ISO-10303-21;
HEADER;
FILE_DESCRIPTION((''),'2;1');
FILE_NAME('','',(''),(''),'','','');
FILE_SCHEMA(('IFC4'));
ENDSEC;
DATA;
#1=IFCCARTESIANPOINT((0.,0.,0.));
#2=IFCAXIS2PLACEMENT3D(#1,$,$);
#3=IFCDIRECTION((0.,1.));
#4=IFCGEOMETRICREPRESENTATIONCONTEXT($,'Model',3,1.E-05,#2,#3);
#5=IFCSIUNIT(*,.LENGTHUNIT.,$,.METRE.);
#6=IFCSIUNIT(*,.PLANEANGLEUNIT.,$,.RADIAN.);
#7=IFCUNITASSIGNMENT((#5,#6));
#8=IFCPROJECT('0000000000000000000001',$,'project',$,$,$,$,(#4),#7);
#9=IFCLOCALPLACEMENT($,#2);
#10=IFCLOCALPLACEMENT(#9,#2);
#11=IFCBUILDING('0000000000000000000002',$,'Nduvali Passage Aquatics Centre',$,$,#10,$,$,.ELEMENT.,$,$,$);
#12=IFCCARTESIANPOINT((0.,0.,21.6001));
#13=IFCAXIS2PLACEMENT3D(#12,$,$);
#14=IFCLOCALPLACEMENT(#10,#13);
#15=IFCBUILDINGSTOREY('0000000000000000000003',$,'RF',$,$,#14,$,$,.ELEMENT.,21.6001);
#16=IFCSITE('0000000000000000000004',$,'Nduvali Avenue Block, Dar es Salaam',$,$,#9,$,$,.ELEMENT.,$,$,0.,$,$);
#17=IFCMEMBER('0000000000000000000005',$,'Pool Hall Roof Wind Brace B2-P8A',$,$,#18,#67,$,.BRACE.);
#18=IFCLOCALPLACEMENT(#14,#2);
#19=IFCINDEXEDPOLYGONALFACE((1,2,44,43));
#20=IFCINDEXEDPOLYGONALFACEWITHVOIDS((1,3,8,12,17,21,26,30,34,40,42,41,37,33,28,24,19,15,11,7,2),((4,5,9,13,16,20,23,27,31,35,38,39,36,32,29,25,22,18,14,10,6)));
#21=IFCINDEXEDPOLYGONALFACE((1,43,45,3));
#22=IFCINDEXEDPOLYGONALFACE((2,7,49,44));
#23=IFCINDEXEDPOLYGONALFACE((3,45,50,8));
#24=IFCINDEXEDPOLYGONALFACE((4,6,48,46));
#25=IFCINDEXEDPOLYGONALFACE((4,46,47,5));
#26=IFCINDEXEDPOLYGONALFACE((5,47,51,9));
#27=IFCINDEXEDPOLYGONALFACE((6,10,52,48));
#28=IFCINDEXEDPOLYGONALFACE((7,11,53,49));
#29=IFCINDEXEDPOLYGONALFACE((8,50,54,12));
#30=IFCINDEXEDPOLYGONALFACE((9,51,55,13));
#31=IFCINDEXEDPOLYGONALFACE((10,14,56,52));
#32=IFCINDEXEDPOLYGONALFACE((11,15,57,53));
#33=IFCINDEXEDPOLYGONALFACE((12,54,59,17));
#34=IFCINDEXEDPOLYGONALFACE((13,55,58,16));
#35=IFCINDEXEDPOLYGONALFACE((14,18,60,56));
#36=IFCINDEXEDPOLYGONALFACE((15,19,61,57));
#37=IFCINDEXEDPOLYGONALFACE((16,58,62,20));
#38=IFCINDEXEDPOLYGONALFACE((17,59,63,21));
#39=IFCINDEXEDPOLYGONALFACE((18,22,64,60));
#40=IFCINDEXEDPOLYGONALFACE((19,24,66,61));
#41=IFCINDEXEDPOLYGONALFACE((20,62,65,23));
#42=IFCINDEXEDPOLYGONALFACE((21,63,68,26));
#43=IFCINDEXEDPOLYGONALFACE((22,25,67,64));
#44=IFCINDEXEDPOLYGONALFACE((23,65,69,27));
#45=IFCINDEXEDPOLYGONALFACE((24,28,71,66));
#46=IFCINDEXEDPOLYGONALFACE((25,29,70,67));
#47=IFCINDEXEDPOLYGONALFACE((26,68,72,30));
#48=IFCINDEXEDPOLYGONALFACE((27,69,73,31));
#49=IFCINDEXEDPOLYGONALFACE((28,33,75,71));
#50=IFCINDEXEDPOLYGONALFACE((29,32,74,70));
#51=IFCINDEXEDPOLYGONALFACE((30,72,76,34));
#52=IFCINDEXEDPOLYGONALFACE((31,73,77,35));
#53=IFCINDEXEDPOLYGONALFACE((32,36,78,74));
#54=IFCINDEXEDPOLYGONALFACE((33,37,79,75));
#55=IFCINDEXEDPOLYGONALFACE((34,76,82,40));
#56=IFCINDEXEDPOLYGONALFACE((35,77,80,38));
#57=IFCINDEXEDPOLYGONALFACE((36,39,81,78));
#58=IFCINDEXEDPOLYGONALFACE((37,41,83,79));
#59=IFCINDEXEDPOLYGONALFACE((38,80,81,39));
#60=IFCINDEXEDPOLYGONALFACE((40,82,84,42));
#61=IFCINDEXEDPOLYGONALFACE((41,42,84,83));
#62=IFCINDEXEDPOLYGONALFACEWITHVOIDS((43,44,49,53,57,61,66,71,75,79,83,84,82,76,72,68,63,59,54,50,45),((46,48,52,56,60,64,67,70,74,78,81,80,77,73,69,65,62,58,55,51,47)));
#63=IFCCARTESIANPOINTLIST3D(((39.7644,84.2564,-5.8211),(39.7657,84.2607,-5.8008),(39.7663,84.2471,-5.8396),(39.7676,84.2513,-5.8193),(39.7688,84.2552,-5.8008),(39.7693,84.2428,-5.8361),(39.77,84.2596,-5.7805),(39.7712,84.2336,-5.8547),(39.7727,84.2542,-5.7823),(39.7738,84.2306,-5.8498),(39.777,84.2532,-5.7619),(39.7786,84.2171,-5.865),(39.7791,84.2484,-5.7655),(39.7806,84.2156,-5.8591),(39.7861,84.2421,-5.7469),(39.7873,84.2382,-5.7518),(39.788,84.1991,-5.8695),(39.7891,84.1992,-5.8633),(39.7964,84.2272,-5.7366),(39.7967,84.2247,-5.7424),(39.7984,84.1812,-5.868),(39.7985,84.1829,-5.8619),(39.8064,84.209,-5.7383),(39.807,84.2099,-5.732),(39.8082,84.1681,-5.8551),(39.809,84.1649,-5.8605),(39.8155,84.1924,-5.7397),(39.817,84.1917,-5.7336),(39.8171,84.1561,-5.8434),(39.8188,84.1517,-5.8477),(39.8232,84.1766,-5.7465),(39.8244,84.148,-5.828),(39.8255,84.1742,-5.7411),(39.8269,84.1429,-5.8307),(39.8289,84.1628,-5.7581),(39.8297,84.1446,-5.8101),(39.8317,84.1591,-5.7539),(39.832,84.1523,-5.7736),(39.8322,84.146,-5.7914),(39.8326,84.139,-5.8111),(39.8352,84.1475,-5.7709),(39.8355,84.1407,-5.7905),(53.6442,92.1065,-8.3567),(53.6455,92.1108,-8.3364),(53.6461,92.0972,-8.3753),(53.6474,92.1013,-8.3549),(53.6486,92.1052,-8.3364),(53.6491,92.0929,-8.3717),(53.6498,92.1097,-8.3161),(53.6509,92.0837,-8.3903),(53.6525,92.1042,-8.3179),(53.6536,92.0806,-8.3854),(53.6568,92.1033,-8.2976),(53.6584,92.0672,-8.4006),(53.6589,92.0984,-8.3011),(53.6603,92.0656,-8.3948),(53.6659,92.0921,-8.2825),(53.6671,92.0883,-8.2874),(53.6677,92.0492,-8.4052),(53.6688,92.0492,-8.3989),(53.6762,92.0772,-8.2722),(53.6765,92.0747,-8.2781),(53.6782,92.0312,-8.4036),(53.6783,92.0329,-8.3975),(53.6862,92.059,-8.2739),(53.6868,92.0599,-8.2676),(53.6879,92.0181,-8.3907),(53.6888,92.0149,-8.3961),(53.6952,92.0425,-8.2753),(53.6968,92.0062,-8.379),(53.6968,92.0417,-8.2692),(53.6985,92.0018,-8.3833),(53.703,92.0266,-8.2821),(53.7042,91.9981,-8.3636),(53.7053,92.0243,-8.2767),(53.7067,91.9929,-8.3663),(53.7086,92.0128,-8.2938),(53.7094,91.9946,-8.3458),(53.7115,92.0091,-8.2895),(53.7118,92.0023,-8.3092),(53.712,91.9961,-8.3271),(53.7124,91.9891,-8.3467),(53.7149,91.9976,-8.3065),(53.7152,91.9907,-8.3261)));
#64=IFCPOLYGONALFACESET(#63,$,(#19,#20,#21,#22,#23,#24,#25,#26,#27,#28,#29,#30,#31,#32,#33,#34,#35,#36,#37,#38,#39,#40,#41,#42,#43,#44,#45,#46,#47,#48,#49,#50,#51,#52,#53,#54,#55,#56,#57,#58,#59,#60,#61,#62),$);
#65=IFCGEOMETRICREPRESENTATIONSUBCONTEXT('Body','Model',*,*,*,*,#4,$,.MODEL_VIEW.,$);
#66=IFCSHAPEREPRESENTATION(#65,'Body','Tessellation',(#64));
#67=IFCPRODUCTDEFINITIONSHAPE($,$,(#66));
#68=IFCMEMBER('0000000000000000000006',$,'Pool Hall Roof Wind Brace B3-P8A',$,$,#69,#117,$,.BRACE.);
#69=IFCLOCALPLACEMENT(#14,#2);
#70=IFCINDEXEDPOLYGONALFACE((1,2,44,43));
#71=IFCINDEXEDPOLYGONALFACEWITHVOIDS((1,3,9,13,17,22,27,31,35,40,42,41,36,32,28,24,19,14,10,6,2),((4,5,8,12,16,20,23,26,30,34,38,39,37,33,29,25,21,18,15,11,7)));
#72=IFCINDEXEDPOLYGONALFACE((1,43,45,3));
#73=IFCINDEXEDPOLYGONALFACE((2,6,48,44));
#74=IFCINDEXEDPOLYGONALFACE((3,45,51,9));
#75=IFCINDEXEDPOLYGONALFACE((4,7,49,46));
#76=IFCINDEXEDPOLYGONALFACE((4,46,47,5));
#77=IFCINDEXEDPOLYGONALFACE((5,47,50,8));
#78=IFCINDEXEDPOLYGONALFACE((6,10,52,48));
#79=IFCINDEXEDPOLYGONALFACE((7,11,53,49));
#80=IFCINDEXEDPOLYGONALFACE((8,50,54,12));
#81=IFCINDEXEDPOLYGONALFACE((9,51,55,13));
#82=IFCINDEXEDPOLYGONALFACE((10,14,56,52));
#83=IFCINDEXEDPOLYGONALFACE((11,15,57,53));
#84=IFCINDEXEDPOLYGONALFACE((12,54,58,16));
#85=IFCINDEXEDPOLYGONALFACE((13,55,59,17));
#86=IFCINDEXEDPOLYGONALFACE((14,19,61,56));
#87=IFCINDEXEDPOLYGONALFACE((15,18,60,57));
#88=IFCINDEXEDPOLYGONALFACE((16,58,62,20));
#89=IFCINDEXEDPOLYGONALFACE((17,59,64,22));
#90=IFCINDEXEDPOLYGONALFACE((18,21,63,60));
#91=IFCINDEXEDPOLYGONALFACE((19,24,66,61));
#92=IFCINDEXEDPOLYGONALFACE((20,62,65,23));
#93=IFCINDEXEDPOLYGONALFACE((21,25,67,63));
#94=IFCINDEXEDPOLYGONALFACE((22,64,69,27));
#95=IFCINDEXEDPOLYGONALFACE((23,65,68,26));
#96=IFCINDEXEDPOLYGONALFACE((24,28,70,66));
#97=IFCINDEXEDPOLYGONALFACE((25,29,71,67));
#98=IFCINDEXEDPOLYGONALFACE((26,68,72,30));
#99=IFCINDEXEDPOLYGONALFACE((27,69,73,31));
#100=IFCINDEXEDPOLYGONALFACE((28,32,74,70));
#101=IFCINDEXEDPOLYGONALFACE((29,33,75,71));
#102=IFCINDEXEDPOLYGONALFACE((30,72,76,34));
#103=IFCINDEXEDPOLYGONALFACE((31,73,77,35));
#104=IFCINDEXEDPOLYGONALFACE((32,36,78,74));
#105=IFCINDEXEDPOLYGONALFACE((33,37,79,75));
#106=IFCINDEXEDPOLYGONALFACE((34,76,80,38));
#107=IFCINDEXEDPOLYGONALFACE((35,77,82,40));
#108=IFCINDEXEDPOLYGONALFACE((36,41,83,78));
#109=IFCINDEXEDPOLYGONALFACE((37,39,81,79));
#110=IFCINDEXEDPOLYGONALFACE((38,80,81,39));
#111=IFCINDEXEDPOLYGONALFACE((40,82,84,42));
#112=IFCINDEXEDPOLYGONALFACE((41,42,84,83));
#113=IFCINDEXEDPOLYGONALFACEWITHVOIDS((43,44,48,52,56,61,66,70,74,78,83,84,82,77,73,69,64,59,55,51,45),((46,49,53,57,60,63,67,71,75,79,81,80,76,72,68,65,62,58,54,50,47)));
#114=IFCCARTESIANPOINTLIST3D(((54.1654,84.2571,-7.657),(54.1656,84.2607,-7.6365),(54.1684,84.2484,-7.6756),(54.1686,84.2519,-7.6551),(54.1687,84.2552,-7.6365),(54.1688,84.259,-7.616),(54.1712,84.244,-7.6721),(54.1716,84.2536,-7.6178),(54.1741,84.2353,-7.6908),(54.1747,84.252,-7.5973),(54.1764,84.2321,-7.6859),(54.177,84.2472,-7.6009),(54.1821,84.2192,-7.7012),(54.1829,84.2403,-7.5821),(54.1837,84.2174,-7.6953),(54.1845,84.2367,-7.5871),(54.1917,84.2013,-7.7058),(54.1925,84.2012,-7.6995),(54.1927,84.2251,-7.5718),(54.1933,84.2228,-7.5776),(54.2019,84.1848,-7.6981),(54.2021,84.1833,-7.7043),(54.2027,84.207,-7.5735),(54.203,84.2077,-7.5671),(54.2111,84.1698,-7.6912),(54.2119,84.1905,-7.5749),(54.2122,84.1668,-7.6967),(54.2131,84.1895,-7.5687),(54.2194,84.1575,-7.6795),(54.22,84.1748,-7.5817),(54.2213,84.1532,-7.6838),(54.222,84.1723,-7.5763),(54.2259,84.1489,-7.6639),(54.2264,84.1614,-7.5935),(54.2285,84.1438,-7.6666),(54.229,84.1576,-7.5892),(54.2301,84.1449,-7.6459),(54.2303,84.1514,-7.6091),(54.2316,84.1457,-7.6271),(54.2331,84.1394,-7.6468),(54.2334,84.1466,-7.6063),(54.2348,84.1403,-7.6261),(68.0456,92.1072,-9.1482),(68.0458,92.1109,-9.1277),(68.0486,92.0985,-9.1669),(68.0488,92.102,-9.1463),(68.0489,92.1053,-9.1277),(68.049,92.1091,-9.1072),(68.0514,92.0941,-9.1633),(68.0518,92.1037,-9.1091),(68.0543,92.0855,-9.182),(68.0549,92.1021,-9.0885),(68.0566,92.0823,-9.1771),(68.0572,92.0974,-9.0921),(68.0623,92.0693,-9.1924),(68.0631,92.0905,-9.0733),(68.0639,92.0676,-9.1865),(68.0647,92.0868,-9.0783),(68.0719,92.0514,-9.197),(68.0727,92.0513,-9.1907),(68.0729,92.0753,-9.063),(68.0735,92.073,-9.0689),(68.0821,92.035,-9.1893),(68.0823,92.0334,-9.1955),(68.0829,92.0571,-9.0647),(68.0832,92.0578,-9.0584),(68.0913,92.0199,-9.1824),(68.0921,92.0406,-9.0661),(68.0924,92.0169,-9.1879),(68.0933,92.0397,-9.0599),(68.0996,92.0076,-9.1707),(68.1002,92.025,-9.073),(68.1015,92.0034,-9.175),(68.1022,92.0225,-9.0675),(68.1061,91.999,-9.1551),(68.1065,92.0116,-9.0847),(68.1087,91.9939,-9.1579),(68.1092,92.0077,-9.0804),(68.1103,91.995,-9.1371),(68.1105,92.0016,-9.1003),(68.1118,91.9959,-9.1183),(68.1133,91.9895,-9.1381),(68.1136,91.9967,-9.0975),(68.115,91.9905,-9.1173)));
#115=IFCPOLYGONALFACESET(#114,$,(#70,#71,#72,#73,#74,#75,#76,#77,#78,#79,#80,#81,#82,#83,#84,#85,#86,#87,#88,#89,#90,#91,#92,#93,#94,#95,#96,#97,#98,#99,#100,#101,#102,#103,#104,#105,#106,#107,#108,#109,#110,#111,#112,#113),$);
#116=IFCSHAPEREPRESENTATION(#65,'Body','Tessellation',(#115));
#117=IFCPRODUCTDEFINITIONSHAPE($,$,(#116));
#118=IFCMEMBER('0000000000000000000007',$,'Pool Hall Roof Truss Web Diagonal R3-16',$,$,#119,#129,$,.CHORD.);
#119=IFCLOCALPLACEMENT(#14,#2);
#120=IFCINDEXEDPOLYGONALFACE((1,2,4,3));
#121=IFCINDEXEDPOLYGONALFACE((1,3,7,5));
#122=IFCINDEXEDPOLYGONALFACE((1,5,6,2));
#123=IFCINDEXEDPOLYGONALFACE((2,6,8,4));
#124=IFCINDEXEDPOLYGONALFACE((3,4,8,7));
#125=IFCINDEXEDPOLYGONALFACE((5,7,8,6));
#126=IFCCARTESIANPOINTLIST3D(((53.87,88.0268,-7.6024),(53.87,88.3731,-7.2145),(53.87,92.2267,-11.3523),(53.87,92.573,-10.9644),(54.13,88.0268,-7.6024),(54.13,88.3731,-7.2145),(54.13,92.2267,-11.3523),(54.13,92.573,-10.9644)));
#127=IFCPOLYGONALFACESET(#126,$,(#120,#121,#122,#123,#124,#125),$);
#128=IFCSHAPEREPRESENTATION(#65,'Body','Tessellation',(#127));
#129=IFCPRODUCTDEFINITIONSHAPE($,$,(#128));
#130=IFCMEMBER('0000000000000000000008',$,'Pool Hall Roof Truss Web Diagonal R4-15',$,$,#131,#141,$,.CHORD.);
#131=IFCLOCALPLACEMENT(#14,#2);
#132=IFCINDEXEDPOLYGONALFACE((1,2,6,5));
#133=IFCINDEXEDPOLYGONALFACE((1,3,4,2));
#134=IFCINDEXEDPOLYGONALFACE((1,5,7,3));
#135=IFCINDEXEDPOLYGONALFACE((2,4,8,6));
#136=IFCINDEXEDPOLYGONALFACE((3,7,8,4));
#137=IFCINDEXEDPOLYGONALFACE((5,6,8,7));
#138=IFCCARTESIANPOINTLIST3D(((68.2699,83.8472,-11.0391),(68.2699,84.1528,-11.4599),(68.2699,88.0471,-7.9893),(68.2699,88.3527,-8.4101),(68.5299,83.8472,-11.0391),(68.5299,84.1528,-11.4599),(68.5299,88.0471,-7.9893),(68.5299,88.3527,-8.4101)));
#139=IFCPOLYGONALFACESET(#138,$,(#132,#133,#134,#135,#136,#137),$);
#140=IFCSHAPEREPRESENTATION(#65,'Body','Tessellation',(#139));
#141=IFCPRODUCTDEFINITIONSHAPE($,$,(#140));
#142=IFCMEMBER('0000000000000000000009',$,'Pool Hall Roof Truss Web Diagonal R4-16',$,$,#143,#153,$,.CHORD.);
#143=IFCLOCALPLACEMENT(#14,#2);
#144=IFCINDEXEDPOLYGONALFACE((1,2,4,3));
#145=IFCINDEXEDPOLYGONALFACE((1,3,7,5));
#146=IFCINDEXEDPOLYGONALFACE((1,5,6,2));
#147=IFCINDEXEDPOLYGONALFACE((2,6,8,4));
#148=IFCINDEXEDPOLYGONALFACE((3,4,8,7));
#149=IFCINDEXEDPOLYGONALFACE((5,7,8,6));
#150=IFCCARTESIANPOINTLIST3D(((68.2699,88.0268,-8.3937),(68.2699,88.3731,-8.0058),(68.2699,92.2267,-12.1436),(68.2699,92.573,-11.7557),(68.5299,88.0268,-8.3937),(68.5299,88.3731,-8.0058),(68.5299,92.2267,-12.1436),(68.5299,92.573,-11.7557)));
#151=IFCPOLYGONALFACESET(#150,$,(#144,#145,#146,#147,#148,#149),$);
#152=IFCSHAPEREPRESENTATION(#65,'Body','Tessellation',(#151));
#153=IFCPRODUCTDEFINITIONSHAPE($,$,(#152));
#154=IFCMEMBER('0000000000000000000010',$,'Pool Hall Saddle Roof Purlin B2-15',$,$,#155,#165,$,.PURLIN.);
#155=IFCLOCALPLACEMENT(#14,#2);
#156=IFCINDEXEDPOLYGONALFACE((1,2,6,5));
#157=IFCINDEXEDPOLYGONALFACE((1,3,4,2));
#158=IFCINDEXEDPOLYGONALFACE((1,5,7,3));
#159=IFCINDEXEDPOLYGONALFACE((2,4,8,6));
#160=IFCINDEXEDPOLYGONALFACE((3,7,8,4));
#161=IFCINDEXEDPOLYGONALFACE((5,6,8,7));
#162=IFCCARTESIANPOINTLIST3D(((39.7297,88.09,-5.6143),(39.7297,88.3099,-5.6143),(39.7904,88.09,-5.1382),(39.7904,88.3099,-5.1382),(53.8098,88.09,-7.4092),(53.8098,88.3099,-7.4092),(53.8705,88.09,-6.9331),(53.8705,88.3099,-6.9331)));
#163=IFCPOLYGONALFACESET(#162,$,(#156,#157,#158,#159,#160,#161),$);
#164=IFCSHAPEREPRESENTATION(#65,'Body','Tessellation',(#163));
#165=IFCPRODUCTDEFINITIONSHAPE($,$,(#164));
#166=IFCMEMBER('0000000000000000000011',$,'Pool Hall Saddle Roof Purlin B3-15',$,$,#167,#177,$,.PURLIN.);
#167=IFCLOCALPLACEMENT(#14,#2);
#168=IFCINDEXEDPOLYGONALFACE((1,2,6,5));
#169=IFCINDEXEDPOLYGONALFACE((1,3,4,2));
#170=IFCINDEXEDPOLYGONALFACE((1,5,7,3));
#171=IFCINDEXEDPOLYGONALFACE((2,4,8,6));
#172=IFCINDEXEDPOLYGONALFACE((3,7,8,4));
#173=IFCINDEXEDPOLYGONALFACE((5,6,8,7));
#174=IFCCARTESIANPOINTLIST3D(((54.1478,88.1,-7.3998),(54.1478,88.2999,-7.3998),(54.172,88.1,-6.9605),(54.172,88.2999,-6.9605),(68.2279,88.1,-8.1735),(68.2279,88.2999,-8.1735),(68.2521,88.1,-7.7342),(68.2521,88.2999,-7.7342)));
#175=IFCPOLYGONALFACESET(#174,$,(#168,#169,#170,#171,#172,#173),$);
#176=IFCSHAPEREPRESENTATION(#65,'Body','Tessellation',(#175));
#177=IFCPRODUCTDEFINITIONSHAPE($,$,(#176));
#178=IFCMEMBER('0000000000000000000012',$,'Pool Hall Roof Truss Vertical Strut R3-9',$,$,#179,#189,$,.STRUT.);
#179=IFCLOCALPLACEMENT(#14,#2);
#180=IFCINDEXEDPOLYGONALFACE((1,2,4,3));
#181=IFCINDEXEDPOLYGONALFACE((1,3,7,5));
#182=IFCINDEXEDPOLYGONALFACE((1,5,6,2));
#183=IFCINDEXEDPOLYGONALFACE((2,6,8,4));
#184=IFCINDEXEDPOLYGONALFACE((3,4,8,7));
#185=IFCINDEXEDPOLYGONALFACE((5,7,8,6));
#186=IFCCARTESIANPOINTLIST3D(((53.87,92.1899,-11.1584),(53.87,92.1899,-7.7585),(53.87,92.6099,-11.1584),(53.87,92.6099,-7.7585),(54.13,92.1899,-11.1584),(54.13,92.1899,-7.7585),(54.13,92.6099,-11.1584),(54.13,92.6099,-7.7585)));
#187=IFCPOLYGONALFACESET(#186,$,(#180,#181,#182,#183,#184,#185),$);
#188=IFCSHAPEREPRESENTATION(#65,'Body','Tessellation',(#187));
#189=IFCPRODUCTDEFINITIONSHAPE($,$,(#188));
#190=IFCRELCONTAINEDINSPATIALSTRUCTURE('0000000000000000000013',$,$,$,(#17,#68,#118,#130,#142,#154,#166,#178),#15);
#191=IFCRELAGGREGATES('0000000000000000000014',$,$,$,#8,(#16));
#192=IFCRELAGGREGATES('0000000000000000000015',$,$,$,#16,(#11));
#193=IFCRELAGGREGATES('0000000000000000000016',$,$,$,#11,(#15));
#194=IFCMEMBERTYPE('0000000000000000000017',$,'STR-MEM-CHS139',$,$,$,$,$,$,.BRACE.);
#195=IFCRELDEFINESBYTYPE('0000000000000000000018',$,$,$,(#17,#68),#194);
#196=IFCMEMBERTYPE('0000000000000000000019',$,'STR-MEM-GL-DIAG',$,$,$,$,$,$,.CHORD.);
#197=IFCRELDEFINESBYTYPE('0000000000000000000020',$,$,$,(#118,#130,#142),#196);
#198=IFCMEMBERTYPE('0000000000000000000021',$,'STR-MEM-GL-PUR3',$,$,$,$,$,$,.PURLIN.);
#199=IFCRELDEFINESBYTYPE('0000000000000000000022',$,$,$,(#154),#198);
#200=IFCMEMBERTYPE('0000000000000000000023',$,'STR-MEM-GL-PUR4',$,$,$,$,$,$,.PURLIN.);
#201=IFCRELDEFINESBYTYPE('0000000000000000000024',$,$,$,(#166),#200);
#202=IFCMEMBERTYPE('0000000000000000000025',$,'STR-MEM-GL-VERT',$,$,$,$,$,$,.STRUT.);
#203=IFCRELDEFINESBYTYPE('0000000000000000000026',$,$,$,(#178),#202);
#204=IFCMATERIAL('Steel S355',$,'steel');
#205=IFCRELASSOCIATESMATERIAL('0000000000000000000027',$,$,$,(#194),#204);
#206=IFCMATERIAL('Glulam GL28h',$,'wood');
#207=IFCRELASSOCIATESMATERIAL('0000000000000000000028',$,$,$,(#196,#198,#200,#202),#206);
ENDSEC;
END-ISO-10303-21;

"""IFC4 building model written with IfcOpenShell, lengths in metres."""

from ifc_helpers import new_model, si_unit, direction, frame, origin, origin_2d, place, context, subcontext, project, spatial, rectangle, hollow_circle, extrude, material, material_profile, profile_set, type_object, element, save


model = new_model("IFC4")

# Units and contexts
model_context = context("Model", 3, precision=1e-05, world=origin(), true_north=direction((0.0, 1.0)))
body_context = subcontext(model_context, "Body", "Model", "MODEL_VIEW")
ifc_project = project(units=[si_unit("LENGTHUNIT", "METRE"), si_unit("PLANEANGLEUNIT", "RADIAN")], contexts=[model_context])

# Site, building, storey
site_placement = place(None, origin())
site = spatial("IfcSite", under=ifc_project, at=site_placement, Name="Nduvali Avenue Block, Dar es Salaam", CompositionType="ELEMENT", RefElevation=0.0)
building_placement = place(site_placement, origin())
building = spatial("IfcBuilding", under=site, at=building_placement, Name="Nduvali Passage Aquatics Centre", CompositionType="ELEMENT")
storey_placement = place(building_placement, frame((0.0, 0.0, 21.6001)))
storey = spatial("IfcBuildingStorey", under=building, at=storey_placement, Name="RF", CompositionType="ELEMENT", Elevation=21.6001)

# Shared definitions
ifc_material_1 = material(Name="Steel S355", Category="steel")

# Members
ifc_material_profile_1 = material_profile(ifc_material_1, hollow_circle(Radius=0.0698, WallThickness=0.0063, at=origin_2d()), Name="CHS 139.7x6.3")
ifc_profile_set_1 = profile_set([ifc_material_profile_1], Name="Steel S355")
member_type_1 = type_object("IfcMemberType", Name="STR-MEM-CHS139", PredefinedType="BRACE", material=ifc_profile_set_1)
member_1_placement = place(storey_placement, frame((39.8, 84.2, -5.8008), z_axis=(0.85963, 0.486184, -0.157041), x_axis=(-0.492292, 0.87043, 0.0)))
element("IfcMember", 1, at=member_1_placement, inside=storey, type_object=member_type_1, Name="Pool Hall Roof Wind Brace B2-P8A", PredefinedType="BRACE", context=body_context, shape_type="SweptSolid", body=[
    extrude(hollow_circle(Radius=0.0698, WallThickness=0.0063, at=origin_2d()), origin(), (0.0, 0.0, 1.0), 16.1462),
])
member_2_placement = place(storey_placement, frame((54.2, 84.2, -7.6365), z_axis=(0.866652, 0.490147, -0.093109), x_axis=(-0.492286, 0.870434, 0.0)))
element("IfcMember", 2, at=member_2_placement, inside=storey, type_object=member_type_1, Name="Pool Hall Roof Wind Brace B3-P8A", PredefinedType="BRACE", context=body_context, shape_type="SweptSolid", body=[
    extrude(hollow_circle(Radius=0.0698, WallThickness=0.0063, at=origin_2d()), origin(), (0.0, 0.0, 1.0), 16.0159),
])
ifc_material_2 = material(Name="Glulam GL28h", Category="wood")
ifc_material_profile_2 = material_profile(ifc_material_2, rectangle(XDim=0.26, YDim=0.52, at=origin_2d()), Name="GL28h 260x520")
ifc_profile_set_2 = profile_set([ifc_material_profile_2], Name="Glulam GL28h")
member_type_2 = type_object("IfcMemberType", Name="STR-MEM-GL-DIAG", PredefinedType="CHORD", material=ifc_profile_set_2)
member_3_placement = place(storey_placement, frame((54.0, 88.2, -7.4084), z_axis=(0.0, 0.745934, -0.66602), x_axis=(-1.0, 0.0, 0.0)))
element("IfcMember", 3, at=member_3_placement, inside=storey, type_object=member_type_2, Name="Pool Hall Roof Truss Web Diagonal R3-16", PredefinedType="CHORD", context=body_context, shape_type="SweptSolid", body=[
    extrude(rectangle(XDim=0.26, YDim=0.52, at=origin_2d()), origin(), (0.0, 0.0, 1.0), 5.6304),
])
member_4_placement = place(storey_placement, frame((68.3999, 84.0, -11.2495), z_axis=(0.0, 0.809167, 0.587579), x_axis=(-1.0, 0.0, 0.0)))
element("IfcMember", 4, at=member_4_placement, inside=storey, type_object=member_type_2, Name="Pool Hall Roof Truss Web Diagonal R4-15", PredefinedType="CHORD", context=body_context, shape_type="SweptSolid", body=[
    extrude(rectangle(XDim=0.26, YDim=0.52, at=origin_2d()), origin(), (0.0, 0.0, 1.0), 5.1904),
])
member_5_placement = place(storey_placement, frame((68.3999, 88.2, -8.1997), z_axis=(0.0, 0.745934, -0.66602), x_axis=(-1.0, 0.0, 0.0)))
element("IfcMember", 5, at=member_5_placement, inside=storey, type_object=member_type_2, Name="Pool Hall Roof Truss Web Diagonal R4-16", PredefinedType="CHORD", context=body_context, shape_type="SweptSolid", body=[
    extrude(rectangle(XDim=0.26, YDim=0.52, at=origin_2d()), origin(), (0.0, 0.0, 1.0), 5.6304),
])
ifc_material_profile_3 = material_profile(ifc_material_2, rectangle(XDim=0.22, YDim=0.48, at=origin_2d()), Name="GL28h 220x480")
ifc_profile_set_3 = profile_set([ifc_material_profile_3], Name="Glulam GL28h")
member_type_3 = type_object("IfcMemberType", Name="STR-MEM-GL-PUR3", PredefinedType="PURLIN", material=ifc_profile_set_3)
member_6_placement = place(storey_placement, frame((39.76, 88.2, -5.3762), z_axis=(0.991972, 0.0, -0.126456), x_axis=(0.0, 1.0, 0.0)))
element("IfcMember", 6, at=member_6_placement, inside=storey, type_object=member_type_3, Name="Pool Hall Saddle Roof Purlin B2-15", PredefinedType="PURLIN", context=body_context, shape_type="SweptSolid", body=[
    extrude(rectangle(XDim=0.22, YDim=0.48, at=origin_2d()), origin(), (0.0, 0.0, 1.0), 14.1941),
])
ifc_material_profile_4 = material_profile(ifc_material_2, rectangle(XDim=0.2, YDim=0.4399, at=origin_2d()), Name="GL28h 200x440")
ifc_profile_set_4 = profile_set([ifc_material_profile_4], Name="Glulam GL28h")
member_type_4 = type_object("IfcMemberType", Name="STR-MEM-GL-PUR4", PredefinedType="PURLIN", material=ifc_profile_set_4)
member_7_placement = place(storey_placement, frame((54.1599, 88.2, -7.1802), z_axis=(0.998494, 0.0, -0.054866), x_axis=(0.0, 1.0, 0.0)))
element("IfcMember", 7, at=member_7_placement, inside=storey, type_object=member_type_4, Name="Pool Hall Saddle Roof Purlin B3-15", PredefinedType="PURLIN", context=body_context, shape_type="SweptSolid", body=[
    extrude(rectangle(XDim=0.2, YDim=0.4399, at=origin_2d()), origin(), (0.0, 0.0, 1.0), 14.1013),
])
ifc_material_profile_5 = material_profile(ifc_material_2, rectangle(XDim=0.26, YDim=0.4199, at=origin_2d()), Name="GL28h 260x420")
ifc_profile_set_5 = profile_set([ifc_material_profile_5], Name="Glulam GL28h")
member_type_5 = type_object("IfcMemberType", Name="STR-MEM-GL-VERT", PredefinedType="STRUT", material=ifc_profile_set_5)
for number, where, z_axis, x_axis, name in (
    (8, (54.0, 92.3999, -11.1584), (0.0, 0.0, 1.0), (1.0, 0.0, 0.0), "Pool Hall Roof Truss Vertical Strut R3-9"),
):
    element("IfcMember", number, at=place(storey_placement, frame(where, z_axis=z_axis, x_axis=x_axis)), inside=storey, type_object=member_type_5, Name=name, PredefinedType="STRUT", context=body_context, shape_type="SweptSolid", body=[
        extrude(rectangle(XDim=0.26, YDim=0.4199, at=origin_2d()), origin(), (0.0, 0.0, 1.0), 3.3999),
    ])

save(model, "model.ifc")
